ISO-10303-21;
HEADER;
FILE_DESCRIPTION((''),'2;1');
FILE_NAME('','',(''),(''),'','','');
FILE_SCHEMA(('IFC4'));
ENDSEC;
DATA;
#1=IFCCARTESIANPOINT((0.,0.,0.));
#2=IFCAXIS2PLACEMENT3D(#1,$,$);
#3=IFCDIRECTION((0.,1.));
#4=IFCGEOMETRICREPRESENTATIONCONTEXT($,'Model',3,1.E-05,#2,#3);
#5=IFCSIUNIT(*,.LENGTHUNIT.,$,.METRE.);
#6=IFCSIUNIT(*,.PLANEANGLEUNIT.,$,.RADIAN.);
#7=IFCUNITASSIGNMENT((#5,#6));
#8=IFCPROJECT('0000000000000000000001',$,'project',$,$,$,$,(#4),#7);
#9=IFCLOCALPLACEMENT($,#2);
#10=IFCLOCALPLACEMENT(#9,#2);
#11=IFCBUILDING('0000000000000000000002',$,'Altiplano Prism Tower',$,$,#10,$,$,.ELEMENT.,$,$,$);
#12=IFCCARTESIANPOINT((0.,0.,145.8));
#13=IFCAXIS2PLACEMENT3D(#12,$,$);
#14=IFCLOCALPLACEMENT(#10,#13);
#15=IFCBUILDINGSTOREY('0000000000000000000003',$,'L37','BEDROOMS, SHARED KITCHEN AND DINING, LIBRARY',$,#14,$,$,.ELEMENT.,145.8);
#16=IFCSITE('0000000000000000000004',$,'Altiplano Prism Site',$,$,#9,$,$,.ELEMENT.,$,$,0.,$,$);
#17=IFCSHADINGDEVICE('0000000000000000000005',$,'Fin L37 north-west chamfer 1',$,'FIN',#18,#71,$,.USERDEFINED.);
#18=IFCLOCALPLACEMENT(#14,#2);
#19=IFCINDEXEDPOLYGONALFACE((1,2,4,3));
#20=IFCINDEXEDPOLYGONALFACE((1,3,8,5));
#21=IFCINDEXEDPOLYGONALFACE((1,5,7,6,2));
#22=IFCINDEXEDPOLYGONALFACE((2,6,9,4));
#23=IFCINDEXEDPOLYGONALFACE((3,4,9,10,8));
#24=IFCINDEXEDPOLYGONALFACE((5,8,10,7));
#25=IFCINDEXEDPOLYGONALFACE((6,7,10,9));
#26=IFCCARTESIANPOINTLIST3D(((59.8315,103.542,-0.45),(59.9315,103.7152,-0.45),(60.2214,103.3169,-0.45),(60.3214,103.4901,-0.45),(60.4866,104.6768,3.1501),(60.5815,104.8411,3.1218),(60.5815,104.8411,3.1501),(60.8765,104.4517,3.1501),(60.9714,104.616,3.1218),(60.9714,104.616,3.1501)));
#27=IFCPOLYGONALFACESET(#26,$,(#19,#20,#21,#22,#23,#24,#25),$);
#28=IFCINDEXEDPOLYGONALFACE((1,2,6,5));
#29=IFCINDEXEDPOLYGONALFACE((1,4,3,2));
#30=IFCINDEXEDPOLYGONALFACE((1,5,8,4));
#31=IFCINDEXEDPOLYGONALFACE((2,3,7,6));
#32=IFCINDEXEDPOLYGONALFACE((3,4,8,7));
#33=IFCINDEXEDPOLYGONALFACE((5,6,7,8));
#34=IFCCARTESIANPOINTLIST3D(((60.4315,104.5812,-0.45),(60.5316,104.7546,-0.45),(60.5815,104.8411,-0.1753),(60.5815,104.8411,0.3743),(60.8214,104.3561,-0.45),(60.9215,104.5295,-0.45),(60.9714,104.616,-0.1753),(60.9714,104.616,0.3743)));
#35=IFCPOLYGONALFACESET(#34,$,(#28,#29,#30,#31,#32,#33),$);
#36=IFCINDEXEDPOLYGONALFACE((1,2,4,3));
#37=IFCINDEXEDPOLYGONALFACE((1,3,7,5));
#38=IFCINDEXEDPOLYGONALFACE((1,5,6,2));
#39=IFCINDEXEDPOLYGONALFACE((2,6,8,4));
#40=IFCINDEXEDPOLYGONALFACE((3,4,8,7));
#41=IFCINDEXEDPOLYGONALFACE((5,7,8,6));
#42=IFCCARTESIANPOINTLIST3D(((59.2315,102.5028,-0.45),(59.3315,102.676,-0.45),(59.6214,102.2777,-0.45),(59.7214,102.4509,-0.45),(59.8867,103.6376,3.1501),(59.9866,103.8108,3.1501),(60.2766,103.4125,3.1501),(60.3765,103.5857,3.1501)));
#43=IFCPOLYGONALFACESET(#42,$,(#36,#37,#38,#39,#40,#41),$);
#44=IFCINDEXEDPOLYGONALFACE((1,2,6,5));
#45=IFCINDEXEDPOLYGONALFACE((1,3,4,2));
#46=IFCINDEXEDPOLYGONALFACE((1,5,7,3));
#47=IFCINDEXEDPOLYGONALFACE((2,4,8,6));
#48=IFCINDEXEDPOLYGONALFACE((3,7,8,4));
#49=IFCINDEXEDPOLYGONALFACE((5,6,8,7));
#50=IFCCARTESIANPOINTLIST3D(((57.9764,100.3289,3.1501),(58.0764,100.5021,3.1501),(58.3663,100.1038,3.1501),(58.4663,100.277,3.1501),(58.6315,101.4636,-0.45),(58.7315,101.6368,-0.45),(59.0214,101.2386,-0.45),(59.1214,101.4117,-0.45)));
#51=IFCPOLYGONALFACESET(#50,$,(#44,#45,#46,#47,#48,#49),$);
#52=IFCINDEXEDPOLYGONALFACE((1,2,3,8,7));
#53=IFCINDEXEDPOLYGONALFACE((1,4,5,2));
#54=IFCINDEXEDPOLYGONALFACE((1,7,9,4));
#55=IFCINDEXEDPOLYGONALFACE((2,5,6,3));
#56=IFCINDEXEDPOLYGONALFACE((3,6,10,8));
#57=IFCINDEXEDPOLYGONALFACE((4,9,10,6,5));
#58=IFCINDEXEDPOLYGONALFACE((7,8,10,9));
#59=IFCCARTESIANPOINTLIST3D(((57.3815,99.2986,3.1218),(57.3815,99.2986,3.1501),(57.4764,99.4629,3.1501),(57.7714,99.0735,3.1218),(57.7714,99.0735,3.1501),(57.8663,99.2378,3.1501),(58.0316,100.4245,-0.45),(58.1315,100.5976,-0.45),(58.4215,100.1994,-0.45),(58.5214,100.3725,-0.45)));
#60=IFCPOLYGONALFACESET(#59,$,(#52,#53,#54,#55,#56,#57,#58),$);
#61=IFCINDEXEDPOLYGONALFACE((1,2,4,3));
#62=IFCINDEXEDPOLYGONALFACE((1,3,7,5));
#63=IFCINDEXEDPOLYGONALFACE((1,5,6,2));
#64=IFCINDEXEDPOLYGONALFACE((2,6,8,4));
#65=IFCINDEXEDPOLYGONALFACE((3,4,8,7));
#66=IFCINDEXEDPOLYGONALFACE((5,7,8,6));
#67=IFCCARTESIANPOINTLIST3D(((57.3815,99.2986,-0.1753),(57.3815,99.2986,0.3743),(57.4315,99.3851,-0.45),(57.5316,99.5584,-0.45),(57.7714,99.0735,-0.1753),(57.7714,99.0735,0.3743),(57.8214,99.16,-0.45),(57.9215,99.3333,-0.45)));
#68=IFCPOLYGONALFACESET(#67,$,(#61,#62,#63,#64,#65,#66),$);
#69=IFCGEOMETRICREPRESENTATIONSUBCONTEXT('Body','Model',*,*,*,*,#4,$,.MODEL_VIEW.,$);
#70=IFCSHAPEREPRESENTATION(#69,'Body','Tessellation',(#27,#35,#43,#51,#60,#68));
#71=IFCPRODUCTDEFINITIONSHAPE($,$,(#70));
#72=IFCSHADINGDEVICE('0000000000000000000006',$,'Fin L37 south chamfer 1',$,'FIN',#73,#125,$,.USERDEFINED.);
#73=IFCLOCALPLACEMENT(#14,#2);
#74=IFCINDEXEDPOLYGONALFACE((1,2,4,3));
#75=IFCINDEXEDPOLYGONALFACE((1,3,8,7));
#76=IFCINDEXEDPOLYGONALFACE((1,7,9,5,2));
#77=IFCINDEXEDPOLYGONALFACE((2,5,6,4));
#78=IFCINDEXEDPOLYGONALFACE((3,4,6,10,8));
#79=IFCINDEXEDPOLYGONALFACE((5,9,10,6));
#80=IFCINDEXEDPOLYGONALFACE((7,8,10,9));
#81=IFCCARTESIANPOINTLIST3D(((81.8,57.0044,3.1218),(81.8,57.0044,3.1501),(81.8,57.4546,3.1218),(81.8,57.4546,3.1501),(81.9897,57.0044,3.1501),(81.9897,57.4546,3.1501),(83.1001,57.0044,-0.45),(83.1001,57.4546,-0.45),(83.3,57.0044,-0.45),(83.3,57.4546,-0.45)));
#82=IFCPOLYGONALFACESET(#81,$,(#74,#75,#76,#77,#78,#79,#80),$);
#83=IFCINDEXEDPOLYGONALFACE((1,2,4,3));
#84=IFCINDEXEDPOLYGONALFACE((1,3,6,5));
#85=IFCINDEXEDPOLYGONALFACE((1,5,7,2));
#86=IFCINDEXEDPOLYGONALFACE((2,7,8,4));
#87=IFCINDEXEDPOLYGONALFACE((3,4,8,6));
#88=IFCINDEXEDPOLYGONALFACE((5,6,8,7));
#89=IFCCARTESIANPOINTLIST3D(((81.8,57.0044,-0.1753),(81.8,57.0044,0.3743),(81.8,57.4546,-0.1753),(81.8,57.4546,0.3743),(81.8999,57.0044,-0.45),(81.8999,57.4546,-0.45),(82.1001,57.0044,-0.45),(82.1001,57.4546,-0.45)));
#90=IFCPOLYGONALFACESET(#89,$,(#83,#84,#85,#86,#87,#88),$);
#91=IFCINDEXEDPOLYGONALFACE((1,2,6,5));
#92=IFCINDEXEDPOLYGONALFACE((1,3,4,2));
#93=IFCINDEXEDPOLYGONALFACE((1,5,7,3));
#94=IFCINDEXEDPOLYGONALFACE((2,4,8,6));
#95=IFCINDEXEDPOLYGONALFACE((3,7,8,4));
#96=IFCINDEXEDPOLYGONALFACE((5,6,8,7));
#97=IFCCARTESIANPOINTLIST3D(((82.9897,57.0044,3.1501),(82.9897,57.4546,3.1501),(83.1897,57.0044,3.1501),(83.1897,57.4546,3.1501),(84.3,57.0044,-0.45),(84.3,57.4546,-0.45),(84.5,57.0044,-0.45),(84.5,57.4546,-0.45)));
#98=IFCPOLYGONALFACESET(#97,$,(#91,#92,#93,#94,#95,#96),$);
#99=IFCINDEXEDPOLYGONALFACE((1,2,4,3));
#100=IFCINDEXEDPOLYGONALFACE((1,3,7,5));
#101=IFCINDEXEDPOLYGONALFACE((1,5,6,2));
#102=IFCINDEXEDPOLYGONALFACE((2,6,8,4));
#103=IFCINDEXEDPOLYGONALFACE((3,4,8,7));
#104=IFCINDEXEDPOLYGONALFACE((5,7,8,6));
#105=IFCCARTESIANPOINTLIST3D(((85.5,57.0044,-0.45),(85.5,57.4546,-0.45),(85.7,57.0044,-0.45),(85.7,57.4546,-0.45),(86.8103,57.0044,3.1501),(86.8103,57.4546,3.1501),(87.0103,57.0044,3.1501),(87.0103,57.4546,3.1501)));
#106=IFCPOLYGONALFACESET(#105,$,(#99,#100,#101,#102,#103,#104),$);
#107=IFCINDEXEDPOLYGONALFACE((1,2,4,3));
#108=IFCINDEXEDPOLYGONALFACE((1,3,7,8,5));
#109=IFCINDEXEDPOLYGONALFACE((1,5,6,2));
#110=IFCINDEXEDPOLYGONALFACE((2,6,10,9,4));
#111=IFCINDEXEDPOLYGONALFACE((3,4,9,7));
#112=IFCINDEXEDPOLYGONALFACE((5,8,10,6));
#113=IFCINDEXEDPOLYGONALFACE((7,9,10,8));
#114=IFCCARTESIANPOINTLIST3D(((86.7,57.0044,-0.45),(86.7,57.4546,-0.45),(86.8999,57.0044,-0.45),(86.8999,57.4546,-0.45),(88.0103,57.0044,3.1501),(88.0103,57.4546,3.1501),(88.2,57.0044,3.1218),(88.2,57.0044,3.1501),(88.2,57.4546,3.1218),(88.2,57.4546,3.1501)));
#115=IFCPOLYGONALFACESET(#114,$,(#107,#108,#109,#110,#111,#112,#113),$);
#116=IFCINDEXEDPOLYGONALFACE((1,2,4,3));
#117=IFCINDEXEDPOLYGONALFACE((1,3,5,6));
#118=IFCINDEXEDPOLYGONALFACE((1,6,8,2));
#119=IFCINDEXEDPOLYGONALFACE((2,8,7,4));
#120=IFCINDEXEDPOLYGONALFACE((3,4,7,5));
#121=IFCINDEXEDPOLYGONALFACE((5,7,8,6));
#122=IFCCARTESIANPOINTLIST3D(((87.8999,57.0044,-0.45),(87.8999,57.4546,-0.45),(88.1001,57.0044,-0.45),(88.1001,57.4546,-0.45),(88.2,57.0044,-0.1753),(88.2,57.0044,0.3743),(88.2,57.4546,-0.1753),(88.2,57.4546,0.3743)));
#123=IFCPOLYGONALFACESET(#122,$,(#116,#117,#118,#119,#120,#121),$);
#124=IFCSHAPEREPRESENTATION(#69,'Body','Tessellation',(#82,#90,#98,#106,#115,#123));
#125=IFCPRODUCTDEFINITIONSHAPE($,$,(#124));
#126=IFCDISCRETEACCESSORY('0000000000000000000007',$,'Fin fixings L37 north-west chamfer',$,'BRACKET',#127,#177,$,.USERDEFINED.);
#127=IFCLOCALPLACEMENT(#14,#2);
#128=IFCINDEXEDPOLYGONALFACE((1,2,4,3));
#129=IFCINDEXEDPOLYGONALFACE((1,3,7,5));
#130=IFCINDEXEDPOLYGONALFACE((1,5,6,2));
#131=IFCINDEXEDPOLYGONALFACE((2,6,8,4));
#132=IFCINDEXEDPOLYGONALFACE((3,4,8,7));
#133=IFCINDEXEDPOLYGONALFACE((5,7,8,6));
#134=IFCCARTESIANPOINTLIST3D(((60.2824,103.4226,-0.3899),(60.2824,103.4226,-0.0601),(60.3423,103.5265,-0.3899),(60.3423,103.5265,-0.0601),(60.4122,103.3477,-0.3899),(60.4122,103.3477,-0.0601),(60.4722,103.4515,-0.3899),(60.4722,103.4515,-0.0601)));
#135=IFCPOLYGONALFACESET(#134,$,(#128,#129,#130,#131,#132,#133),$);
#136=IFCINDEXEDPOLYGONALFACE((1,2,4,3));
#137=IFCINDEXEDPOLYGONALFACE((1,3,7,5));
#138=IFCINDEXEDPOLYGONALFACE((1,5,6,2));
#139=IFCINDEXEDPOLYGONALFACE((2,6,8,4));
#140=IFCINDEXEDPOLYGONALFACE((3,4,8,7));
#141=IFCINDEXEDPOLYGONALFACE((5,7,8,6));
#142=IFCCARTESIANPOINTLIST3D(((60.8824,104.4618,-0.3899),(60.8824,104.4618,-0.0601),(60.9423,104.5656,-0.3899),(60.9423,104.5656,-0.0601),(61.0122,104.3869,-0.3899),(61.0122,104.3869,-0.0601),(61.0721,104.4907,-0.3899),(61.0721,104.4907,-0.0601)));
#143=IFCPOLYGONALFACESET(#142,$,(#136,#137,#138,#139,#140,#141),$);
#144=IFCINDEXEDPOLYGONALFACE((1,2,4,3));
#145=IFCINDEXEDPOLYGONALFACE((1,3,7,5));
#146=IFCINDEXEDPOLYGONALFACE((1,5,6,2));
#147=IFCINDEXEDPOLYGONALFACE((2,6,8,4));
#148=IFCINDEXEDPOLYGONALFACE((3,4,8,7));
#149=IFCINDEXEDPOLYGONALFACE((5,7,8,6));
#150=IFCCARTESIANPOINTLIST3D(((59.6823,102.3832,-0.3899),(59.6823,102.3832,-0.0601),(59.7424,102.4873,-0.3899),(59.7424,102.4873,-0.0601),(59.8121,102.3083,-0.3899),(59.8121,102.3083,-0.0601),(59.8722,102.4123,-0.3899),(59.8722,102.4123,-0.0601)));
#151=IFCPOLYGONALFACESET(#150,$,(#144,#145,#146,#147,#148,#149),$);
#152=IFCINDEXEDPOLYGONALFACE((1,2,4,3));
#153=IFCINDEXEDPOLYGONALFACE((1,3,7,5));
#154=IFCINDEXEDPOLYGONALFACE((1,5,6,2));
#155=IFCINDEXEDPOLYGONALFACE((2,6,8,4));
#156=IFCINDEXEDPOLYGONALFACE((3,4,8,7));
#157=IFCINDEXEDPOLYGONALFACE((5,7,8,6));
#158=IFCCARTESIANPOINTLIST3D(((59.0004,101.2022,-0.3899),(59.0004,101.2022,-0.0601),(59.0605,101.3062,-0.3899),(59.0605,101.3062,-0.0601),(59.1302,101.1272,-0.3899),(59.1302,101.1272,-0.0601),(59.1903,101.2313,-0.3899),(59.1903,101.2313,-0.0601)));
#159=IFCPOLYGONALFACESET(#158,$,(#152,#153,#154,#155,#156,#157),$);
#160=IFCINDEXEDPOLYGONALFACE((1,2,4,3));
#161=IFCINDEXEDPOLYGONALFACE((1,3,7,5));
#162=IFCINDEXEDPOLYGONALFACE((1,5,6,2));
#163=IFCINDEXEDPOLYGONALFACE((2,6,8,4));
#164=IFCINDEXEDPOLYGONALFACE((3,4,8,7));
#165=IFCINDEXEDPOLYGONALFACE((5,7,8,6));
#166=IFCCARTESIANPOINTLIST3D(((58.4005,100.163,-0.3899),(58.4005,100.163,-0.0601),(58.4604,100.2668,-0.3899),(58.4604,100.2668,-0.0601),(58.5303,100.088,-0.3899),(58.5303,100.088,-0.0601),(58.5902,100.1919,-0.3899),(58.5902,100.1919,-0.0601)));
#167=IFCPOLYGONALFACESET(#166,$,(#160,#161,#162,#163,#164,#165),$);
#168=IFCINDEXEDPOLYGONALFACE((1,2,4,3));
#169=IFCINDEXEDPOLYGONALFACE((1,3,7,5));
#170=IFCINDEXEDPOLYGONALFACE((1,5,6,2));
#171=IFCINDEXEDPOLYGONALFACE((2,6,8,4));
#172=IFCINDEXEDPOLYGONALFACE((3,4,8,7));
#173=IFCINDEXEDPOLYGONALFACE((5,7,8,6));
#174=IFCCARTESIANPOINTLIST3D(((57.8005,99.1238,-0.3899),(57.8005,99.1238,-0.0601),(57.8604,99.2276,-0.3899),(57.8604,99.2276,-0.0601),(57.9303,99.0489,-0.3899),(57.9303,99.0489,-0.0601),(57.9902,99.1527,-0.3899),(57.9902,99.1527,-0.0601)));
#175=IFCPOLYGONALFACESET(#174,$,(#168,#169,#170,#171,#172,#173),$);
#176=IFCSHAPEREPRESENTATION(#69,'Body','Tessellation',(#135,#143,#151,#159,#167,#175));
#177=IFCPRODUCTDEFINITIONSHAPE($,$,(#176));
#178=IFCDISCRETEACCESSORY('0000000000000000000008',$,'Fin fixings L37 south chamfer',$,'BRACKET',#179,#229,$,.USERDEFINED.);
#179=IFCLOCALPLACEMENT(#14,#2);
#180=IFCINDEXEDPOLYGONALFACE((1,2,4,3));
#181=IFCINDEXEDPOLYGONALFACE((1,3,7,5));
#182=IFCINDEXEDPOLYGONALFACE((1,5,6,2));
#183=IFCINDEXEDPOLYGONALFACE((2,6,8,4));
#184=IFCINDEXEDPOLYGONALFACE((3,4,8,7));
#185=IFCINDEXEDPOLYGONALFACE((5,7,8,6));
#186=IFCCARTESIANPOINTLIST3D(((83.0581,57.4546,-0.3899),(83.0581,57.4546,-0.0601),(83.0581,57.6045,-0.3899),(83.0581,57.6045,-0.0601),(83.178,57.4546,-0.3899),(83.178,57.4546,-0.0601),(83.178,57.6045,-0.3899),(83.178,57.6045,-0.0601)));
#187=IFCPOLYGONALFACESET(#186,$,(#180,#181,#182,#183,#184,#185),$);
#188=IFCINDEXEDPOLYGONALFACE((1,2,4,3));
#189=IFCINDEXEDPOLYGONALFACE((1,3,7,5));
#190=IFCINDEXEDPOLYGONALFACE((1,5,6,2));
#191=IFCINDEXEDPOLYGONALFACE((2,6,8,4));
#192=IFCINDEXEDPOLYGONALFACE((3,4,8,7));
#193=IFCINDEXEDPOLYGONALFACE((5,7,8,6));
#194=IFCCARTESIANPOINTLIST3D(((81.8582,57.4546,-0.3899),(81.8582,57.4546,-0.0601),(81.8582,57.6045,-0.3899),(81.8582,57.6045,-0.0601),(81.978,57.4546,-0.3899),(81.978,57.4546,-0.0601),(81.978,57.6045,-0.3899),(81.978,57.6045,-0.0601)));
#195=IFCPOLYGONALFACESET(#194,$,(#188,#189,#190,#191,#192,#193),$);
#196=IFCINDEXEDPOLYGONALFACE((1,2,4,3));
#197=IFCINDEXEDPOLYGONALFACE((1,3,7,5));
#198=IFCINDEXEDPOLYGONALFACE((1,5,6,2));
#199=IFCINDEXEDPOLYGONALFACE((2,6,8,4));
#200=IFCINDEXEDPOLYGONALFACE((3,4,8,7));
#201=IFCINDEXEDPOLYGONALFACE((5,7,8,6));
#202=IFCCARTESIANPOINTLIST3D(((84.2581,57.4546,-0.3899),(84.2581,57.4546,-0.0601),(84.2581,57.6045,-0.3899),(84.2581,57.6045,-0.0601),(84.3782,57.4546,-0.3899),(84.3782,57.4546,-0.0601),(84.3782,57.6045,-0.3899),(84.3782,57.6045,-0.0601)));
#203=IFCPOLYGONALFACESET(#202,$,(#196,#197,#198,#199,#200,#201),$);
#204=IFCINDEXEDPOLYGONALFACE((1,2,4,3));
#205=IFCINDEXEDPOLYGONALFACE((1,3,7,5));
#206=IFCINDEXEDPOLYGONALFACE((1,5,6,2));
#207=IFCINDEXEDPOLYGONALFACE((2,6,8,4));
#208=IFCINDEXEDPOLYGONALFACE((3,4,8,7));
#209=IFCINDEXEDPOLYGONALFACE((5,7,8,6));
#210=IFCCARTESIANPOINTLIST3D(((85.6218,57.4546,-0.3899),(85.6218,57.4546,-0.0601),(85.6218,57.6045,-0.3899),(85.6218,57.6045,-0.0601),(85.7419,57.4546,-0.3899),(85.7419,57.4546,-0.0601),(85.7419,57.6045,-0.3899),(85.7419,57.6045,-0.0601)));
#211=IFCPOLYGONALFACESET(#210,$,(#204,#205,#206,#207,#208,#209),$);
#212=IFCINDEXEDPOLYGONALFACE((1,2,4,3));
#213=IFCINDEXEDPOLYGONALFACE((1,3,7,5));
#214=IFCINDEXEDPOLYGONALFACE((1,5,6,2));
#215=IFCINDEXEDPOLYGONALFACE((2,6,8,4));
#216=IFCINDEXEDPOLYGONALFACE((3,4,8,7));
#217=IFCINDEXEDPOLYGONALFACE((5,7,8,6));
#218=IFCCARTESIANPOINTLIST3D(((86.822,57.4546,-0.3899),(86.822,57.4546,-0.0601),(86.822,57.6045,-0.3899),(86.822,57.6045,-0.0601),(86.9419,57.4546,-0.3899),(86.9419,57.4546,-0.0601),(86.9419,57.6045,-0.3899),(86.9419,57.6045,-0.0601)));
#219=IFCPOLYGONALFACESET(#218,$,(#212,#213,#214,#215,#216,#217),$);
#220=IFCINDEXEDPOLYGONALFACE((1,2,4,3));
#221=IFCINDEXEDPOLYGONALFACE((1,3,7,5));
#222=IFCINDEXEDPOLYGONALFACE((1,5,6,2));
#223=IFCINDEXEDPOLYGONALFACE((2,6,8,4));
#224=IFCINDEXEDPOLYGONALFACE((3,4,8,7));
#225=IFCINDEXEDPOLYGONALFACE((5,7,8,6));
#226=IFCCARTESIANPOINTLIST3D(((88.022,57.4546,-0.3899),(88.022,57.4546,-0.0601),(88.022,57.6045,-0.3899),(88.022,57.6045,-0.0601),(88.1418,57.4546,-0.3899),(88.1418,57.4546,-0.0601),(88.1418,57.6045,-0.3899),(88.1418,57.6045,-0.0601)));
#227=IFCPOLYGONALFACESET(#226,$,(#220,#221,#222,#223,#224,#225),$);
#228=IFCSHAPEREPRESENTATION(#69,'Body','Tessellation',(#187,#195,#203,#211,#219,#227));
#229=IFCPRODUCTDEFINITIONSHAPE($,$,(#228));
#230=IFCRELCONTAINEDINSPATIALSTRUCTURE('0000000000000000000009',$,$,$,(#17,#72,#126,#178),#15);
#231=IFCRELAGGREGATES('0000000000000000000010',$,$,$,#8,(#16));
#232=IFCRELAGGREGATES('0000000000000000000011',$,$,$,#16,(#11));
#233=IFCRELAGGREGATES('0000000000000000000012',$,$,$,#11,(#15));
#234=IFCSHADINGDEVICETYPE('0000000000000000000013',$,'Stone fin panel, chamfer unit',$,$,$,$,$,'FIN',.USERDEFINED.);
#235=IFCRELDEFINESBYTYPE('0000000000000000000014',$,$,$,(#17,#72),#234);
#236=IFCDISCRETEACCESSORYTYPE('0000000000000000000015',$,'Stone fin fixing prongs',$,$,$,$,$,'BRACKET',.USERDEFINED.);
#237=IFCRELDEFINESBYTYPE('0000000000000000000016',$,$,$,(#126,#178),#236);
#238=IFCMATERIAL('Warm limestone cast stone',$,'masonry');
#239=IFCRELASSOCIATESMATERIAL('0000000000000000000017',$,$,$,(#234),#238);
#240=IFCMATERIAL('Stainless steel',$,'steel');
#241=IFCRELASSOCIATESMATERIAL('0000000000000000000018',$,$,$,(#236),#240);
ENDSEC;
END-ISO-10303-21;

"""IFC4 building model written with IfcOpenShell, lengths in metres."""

from ifc_helpers import new_model, si_unit, direction, frame, origin, place, context, subcontext, project, spatial, polyline, outline, extrude, source, transform, mapped, material, type_object, element, save


model = new_model("IFC4")

# Units and contexts
model_context = context("Model", 3, precision=1e-05, world=origin(), true_north=direction((0.0, 1.0)))
body_context = subcontext(model_context, "Body", "Model", "MODEL_VIEW")
ifc_project = project(units=[si_unit("LENGTHUNIT", "METRE"), si_unit("PLANEANGLEUNIT", "RADIAN")], contexts=[model_context])

# Site, building, storey
site_placement = place(None, origin())
site = spatial("IfcSite", under=ifc_project, at=site_placement, Name="Altiplano Prism Site", CompositionType="ELEMENT", RefElevation=0.0)
building_placement = place(site_placement, origin())
building = spatial("IfcBuilding", under=site, at=building_placement, Name="Altiplano Prism Tower", CompositionType="ELEMENT")
storey_placement = place(building_placement, frame((0.0, 0.0, 145.8)))
storey = spatial("IfcBuildingStorey", under=building, at=storey_placement, Name="L37", Description="BEDROOMS, SHARED KITCHEN AND DINING, LIBRARY", CompositionType="ELEMENT", Elevation=145.8)

# Shading devices
ifc_material_1 = material(Name="Warm limestone cast stone", Category="masonry")
shading_device_type_1 = type_object("IfcShadingDeviceType", Name="Stone fin panel, chamfer unit", ElementType="FIN", PredefinedType="USERDEFINED", material=ifc_material_1)
shared_shape_1 = source(origin(), body_context, "Body", "SweptSolid", [
    extrude(outline(polyline([(-3.2, 3.6001), (-3.2, 3.5718), (-1.8999, 0.0), (-1.7, 0.0), (-3.0103, 3.6001), (-3.2, 3.6001)])), frame((0.0, -0.1499, 0.0), z_axis=(0.0, -1.0, 0.0), x_axis=(1.0, 0.0, 0.0)), (0.0, 0.0, 1.0), 0.4502),
    extrude(outline(polyline([(-3.2, 0.8242), (-3.2, 0.2747), (-3.1001, 0.0), (-2.8999, 0.0), (-3.2, 0.8242)])), frame((0.0, -0.1499, 0.0), z_axis=(0.0, -1.0, 0.0), x_axis=(1.0, 0.0, 0.0)), (0.0, 0.0, 1.0), 0.4502),
    extrude(outline(polyline([(-2.0103, 3.6001), (-0.7, 0.0), (-0.5, 0.0), (-1.8103, 3.6001), (-2.0103, 3.6001)])), frame((0.0, -0.1499, 0.0), z_axis=(0.0, -1.0, 0.0), x_axis=(1.0, 0.0, 0.0)), (0.0, 0.0, 1.0), 0.4502),
    extrude(outline(polyline([(1.8103, 3.6001), (0.5, 0.0), (0.7, 0.0), (2.0103, 3.6001), (1.8103, 3.6001)])), frame((0.0, -0.1499, 0.0), z_axis=(0.0, -1.0, 0.0), x_axis=(1.0, 0.0, 0.0)), (0.0, 0.0, 1.0), 0.4502),
    extrude(outline(polyline([(3.0103, 3.6001), (1.7, 0.0), (1.8999, 0.0), (3.2, 3.5718), (3.2, 3.6001), (3.0103, 3.6001)])), frame((0.0, -0.1499, 0.0), z_axis=(0.0, -1.0, 0.0), x_axis=(1.0, 0.0, 0.0)), (0.0, 0.0, 1.0), 0.4502),
    extrude(outline(polyline([(3.2, 0.2747), (3.2, 0.8242), (2.8999, 0.0), (3.1001, 0.0), (3.2, 0.2747)])), frame((0.0, -0.1499, 0.0), z_axis=(0.0, -1.0, 0.0), x_axis=(1.0, 0.0, 0.0)), (0.0, 0.0, 1.0), 0.4502),
])
shading_device_1_placement = place(storey_placement, origin())
element("IfcShadingDevice", 1, at=shading_device_1_placement, inside=storey, type_object=shading_device_type_1, Name="Fin L37 north-west chamfer 1", ObjectType="FIN", PredefinedType="USERDEFINED", context=body_context, shape_type="MappedRepresentation", body=[
    mapped(shared_shape_1, transform((59.5012, 101.7698, -0.45), x_axis=(-0.5, -0.866025, 0.0), y_axis=(0.866025, -0.5, 0.0), z_axis=(0.0, 0.0, 1.0))),
])
shading_device_2_placement = place(storey_placement, origin())
element("IfcShadingDevice", 2, at=shading_device_2_placement, inside=storey, type_object=shading_device_type_1, Name="Fin L37 south chamfer 1", ObjectType="FIN", PredefinedType="USERDEFINED", context=body_context, shape_type="MappedRepresentation", body=[
    mapped(shared_shape_1, transform((85.0, 57.6045, -0.45), x_axis=(1.0, 0.0, 0.0), y_axis=(0.0, 1.0, 0.0), z_axis=(0.0, 0.0, 1.0))),
])

# Discrete accessories
ifc_material_2 = material(Name="Stainless steel", Category="steel")
discrete_accessory_type = type_object("IfcDiscreteAccessoryType", Name="Stone fin fixing prongs", ElementType="BRACKET", PredefinedType="USERDEFINED", material=ifc_material_2)
shared_shape_2 = source(origin(), body_context, "Body", "SweptSolid", [
    extrude(outline(polyline([(-1.9419, 0.0601), (-1.822, 0.0601), (-1.822, 0.3899), (-1.9419, 0.3899), (-1.9419, 0.0601)])), frame((0.0, 0.0, 0.0), z_axis=(0.0, -1.0, 0.0), x_axis=(1.0, 0.0, 0.0)), (0.0, 0.0, 1.0), 0.1499),
    extrude(outline(polyline([(-3.1418, 0.0601), (-3.022, 0.0601), (-3.022, 0.3899), (-3.1418, 0.3899), (-3.1418, 0.0601)])), frame((0.0, 0.0, 0.0), z_axis=(0.0, -1.0, 0.0), x_axis=(1.0, 0.0, 0.0)), (0.0, 0.0, 1.0), 0.1499),
    extrude(outline(polyline([(-0.7419, 0.0601), (-0.6218, 0.0601), (-0.6218, 0.3899), (-0.7419, 0.3899), (-0.7419, 0.0601)])), frame((0.0, 0.0, 0.0), z_axis=(0.0, -1.0, 0.0), x_axis=(1.0, 0.0, 0.0)), (0.0, 0.0, 1.0), 0.1499),
    extrude(outline(polyline([(0.6218, 0.0601), (0.7419, 0.0601), (0.7419, 0.3899), (0.6218, 0.3899), (0.6218, 0.0601)])), frame((0.0, 0.0, 0.0), z_axis=(0.0, -1.0, 0.0), x_axis=(1.0, 0.0, 0.0)), (0.0, 0.0, 1.0), 0.1499),
    extrude(outline(polyline([(1.822, 0.0601), (1.9419, 0.0601), (1.9419, 0.3899), (1.822, 0.3899), (1.822, 0.0601)])), frame((0.0, 0.0, 0.0), z_axis=(0.0, -1.0, 0.0), x_axis=(1.0, 0.0, 0.0)), (0.0, 0.0, 1.0), 0.1499),
    extrude(outline(polyline([(3.022, 0.0601), (3.1418, 0.0601), (3.1418, 0.3899), (3.022, 0.3899), (3.022, 0.0601)])), frame((0.0, 0.0, 0.0), z_axis=(0.0, -1.0, 0.0), x_axis=(1.0, 0.0, 0.0)), (0.0, 0.0, 1.0), 0.1499),
])
discrete_accessory_1_placement = place(storey_placement, origin())
element("IfcDiscreteAccessory", 3, at=discrete_accessory_1_placement, inside=storey, type_object=discrete_accessory_type, Name="Fin fixings L37 north-west chamfer", ObjectType="BRACKET", PredefinedType="USERDEFINED", context=body_context, shape_type="MappedRepresentation", body=[
    mapped(shared_shape_2, transform((59.5012, 101.7698, -0.45), x_axis=(-0.5, -0.866025, 0.0), y_axis=(0.866025, -0.5, 0.0), z_axis=(0.0, 0.0, 1.0))),
])
discrete_accessory_2_placement = place(storey_placement, origin())
element("IfcDiscreteAccessory", 4, at=discrete_accessory_2_placement, inside=storey, type_object=discrete_accessory_type, Name="Fin fixings L37 south chamfer", ObjectType="BRACKET", PredefinedType="USERDEFINED", context=body_context, shape_type="MappedRepresentation", body=[
    mapped(shared_shape_2, transform((85.0, 57.6045, -0.45), x_axis=(1.0, 0.0, 0.0), y_axis=(0.0, 1.0, 0.0), z_axis=(0.0, 0.0, 1.0))),
])

save(model, "model.ifc")
